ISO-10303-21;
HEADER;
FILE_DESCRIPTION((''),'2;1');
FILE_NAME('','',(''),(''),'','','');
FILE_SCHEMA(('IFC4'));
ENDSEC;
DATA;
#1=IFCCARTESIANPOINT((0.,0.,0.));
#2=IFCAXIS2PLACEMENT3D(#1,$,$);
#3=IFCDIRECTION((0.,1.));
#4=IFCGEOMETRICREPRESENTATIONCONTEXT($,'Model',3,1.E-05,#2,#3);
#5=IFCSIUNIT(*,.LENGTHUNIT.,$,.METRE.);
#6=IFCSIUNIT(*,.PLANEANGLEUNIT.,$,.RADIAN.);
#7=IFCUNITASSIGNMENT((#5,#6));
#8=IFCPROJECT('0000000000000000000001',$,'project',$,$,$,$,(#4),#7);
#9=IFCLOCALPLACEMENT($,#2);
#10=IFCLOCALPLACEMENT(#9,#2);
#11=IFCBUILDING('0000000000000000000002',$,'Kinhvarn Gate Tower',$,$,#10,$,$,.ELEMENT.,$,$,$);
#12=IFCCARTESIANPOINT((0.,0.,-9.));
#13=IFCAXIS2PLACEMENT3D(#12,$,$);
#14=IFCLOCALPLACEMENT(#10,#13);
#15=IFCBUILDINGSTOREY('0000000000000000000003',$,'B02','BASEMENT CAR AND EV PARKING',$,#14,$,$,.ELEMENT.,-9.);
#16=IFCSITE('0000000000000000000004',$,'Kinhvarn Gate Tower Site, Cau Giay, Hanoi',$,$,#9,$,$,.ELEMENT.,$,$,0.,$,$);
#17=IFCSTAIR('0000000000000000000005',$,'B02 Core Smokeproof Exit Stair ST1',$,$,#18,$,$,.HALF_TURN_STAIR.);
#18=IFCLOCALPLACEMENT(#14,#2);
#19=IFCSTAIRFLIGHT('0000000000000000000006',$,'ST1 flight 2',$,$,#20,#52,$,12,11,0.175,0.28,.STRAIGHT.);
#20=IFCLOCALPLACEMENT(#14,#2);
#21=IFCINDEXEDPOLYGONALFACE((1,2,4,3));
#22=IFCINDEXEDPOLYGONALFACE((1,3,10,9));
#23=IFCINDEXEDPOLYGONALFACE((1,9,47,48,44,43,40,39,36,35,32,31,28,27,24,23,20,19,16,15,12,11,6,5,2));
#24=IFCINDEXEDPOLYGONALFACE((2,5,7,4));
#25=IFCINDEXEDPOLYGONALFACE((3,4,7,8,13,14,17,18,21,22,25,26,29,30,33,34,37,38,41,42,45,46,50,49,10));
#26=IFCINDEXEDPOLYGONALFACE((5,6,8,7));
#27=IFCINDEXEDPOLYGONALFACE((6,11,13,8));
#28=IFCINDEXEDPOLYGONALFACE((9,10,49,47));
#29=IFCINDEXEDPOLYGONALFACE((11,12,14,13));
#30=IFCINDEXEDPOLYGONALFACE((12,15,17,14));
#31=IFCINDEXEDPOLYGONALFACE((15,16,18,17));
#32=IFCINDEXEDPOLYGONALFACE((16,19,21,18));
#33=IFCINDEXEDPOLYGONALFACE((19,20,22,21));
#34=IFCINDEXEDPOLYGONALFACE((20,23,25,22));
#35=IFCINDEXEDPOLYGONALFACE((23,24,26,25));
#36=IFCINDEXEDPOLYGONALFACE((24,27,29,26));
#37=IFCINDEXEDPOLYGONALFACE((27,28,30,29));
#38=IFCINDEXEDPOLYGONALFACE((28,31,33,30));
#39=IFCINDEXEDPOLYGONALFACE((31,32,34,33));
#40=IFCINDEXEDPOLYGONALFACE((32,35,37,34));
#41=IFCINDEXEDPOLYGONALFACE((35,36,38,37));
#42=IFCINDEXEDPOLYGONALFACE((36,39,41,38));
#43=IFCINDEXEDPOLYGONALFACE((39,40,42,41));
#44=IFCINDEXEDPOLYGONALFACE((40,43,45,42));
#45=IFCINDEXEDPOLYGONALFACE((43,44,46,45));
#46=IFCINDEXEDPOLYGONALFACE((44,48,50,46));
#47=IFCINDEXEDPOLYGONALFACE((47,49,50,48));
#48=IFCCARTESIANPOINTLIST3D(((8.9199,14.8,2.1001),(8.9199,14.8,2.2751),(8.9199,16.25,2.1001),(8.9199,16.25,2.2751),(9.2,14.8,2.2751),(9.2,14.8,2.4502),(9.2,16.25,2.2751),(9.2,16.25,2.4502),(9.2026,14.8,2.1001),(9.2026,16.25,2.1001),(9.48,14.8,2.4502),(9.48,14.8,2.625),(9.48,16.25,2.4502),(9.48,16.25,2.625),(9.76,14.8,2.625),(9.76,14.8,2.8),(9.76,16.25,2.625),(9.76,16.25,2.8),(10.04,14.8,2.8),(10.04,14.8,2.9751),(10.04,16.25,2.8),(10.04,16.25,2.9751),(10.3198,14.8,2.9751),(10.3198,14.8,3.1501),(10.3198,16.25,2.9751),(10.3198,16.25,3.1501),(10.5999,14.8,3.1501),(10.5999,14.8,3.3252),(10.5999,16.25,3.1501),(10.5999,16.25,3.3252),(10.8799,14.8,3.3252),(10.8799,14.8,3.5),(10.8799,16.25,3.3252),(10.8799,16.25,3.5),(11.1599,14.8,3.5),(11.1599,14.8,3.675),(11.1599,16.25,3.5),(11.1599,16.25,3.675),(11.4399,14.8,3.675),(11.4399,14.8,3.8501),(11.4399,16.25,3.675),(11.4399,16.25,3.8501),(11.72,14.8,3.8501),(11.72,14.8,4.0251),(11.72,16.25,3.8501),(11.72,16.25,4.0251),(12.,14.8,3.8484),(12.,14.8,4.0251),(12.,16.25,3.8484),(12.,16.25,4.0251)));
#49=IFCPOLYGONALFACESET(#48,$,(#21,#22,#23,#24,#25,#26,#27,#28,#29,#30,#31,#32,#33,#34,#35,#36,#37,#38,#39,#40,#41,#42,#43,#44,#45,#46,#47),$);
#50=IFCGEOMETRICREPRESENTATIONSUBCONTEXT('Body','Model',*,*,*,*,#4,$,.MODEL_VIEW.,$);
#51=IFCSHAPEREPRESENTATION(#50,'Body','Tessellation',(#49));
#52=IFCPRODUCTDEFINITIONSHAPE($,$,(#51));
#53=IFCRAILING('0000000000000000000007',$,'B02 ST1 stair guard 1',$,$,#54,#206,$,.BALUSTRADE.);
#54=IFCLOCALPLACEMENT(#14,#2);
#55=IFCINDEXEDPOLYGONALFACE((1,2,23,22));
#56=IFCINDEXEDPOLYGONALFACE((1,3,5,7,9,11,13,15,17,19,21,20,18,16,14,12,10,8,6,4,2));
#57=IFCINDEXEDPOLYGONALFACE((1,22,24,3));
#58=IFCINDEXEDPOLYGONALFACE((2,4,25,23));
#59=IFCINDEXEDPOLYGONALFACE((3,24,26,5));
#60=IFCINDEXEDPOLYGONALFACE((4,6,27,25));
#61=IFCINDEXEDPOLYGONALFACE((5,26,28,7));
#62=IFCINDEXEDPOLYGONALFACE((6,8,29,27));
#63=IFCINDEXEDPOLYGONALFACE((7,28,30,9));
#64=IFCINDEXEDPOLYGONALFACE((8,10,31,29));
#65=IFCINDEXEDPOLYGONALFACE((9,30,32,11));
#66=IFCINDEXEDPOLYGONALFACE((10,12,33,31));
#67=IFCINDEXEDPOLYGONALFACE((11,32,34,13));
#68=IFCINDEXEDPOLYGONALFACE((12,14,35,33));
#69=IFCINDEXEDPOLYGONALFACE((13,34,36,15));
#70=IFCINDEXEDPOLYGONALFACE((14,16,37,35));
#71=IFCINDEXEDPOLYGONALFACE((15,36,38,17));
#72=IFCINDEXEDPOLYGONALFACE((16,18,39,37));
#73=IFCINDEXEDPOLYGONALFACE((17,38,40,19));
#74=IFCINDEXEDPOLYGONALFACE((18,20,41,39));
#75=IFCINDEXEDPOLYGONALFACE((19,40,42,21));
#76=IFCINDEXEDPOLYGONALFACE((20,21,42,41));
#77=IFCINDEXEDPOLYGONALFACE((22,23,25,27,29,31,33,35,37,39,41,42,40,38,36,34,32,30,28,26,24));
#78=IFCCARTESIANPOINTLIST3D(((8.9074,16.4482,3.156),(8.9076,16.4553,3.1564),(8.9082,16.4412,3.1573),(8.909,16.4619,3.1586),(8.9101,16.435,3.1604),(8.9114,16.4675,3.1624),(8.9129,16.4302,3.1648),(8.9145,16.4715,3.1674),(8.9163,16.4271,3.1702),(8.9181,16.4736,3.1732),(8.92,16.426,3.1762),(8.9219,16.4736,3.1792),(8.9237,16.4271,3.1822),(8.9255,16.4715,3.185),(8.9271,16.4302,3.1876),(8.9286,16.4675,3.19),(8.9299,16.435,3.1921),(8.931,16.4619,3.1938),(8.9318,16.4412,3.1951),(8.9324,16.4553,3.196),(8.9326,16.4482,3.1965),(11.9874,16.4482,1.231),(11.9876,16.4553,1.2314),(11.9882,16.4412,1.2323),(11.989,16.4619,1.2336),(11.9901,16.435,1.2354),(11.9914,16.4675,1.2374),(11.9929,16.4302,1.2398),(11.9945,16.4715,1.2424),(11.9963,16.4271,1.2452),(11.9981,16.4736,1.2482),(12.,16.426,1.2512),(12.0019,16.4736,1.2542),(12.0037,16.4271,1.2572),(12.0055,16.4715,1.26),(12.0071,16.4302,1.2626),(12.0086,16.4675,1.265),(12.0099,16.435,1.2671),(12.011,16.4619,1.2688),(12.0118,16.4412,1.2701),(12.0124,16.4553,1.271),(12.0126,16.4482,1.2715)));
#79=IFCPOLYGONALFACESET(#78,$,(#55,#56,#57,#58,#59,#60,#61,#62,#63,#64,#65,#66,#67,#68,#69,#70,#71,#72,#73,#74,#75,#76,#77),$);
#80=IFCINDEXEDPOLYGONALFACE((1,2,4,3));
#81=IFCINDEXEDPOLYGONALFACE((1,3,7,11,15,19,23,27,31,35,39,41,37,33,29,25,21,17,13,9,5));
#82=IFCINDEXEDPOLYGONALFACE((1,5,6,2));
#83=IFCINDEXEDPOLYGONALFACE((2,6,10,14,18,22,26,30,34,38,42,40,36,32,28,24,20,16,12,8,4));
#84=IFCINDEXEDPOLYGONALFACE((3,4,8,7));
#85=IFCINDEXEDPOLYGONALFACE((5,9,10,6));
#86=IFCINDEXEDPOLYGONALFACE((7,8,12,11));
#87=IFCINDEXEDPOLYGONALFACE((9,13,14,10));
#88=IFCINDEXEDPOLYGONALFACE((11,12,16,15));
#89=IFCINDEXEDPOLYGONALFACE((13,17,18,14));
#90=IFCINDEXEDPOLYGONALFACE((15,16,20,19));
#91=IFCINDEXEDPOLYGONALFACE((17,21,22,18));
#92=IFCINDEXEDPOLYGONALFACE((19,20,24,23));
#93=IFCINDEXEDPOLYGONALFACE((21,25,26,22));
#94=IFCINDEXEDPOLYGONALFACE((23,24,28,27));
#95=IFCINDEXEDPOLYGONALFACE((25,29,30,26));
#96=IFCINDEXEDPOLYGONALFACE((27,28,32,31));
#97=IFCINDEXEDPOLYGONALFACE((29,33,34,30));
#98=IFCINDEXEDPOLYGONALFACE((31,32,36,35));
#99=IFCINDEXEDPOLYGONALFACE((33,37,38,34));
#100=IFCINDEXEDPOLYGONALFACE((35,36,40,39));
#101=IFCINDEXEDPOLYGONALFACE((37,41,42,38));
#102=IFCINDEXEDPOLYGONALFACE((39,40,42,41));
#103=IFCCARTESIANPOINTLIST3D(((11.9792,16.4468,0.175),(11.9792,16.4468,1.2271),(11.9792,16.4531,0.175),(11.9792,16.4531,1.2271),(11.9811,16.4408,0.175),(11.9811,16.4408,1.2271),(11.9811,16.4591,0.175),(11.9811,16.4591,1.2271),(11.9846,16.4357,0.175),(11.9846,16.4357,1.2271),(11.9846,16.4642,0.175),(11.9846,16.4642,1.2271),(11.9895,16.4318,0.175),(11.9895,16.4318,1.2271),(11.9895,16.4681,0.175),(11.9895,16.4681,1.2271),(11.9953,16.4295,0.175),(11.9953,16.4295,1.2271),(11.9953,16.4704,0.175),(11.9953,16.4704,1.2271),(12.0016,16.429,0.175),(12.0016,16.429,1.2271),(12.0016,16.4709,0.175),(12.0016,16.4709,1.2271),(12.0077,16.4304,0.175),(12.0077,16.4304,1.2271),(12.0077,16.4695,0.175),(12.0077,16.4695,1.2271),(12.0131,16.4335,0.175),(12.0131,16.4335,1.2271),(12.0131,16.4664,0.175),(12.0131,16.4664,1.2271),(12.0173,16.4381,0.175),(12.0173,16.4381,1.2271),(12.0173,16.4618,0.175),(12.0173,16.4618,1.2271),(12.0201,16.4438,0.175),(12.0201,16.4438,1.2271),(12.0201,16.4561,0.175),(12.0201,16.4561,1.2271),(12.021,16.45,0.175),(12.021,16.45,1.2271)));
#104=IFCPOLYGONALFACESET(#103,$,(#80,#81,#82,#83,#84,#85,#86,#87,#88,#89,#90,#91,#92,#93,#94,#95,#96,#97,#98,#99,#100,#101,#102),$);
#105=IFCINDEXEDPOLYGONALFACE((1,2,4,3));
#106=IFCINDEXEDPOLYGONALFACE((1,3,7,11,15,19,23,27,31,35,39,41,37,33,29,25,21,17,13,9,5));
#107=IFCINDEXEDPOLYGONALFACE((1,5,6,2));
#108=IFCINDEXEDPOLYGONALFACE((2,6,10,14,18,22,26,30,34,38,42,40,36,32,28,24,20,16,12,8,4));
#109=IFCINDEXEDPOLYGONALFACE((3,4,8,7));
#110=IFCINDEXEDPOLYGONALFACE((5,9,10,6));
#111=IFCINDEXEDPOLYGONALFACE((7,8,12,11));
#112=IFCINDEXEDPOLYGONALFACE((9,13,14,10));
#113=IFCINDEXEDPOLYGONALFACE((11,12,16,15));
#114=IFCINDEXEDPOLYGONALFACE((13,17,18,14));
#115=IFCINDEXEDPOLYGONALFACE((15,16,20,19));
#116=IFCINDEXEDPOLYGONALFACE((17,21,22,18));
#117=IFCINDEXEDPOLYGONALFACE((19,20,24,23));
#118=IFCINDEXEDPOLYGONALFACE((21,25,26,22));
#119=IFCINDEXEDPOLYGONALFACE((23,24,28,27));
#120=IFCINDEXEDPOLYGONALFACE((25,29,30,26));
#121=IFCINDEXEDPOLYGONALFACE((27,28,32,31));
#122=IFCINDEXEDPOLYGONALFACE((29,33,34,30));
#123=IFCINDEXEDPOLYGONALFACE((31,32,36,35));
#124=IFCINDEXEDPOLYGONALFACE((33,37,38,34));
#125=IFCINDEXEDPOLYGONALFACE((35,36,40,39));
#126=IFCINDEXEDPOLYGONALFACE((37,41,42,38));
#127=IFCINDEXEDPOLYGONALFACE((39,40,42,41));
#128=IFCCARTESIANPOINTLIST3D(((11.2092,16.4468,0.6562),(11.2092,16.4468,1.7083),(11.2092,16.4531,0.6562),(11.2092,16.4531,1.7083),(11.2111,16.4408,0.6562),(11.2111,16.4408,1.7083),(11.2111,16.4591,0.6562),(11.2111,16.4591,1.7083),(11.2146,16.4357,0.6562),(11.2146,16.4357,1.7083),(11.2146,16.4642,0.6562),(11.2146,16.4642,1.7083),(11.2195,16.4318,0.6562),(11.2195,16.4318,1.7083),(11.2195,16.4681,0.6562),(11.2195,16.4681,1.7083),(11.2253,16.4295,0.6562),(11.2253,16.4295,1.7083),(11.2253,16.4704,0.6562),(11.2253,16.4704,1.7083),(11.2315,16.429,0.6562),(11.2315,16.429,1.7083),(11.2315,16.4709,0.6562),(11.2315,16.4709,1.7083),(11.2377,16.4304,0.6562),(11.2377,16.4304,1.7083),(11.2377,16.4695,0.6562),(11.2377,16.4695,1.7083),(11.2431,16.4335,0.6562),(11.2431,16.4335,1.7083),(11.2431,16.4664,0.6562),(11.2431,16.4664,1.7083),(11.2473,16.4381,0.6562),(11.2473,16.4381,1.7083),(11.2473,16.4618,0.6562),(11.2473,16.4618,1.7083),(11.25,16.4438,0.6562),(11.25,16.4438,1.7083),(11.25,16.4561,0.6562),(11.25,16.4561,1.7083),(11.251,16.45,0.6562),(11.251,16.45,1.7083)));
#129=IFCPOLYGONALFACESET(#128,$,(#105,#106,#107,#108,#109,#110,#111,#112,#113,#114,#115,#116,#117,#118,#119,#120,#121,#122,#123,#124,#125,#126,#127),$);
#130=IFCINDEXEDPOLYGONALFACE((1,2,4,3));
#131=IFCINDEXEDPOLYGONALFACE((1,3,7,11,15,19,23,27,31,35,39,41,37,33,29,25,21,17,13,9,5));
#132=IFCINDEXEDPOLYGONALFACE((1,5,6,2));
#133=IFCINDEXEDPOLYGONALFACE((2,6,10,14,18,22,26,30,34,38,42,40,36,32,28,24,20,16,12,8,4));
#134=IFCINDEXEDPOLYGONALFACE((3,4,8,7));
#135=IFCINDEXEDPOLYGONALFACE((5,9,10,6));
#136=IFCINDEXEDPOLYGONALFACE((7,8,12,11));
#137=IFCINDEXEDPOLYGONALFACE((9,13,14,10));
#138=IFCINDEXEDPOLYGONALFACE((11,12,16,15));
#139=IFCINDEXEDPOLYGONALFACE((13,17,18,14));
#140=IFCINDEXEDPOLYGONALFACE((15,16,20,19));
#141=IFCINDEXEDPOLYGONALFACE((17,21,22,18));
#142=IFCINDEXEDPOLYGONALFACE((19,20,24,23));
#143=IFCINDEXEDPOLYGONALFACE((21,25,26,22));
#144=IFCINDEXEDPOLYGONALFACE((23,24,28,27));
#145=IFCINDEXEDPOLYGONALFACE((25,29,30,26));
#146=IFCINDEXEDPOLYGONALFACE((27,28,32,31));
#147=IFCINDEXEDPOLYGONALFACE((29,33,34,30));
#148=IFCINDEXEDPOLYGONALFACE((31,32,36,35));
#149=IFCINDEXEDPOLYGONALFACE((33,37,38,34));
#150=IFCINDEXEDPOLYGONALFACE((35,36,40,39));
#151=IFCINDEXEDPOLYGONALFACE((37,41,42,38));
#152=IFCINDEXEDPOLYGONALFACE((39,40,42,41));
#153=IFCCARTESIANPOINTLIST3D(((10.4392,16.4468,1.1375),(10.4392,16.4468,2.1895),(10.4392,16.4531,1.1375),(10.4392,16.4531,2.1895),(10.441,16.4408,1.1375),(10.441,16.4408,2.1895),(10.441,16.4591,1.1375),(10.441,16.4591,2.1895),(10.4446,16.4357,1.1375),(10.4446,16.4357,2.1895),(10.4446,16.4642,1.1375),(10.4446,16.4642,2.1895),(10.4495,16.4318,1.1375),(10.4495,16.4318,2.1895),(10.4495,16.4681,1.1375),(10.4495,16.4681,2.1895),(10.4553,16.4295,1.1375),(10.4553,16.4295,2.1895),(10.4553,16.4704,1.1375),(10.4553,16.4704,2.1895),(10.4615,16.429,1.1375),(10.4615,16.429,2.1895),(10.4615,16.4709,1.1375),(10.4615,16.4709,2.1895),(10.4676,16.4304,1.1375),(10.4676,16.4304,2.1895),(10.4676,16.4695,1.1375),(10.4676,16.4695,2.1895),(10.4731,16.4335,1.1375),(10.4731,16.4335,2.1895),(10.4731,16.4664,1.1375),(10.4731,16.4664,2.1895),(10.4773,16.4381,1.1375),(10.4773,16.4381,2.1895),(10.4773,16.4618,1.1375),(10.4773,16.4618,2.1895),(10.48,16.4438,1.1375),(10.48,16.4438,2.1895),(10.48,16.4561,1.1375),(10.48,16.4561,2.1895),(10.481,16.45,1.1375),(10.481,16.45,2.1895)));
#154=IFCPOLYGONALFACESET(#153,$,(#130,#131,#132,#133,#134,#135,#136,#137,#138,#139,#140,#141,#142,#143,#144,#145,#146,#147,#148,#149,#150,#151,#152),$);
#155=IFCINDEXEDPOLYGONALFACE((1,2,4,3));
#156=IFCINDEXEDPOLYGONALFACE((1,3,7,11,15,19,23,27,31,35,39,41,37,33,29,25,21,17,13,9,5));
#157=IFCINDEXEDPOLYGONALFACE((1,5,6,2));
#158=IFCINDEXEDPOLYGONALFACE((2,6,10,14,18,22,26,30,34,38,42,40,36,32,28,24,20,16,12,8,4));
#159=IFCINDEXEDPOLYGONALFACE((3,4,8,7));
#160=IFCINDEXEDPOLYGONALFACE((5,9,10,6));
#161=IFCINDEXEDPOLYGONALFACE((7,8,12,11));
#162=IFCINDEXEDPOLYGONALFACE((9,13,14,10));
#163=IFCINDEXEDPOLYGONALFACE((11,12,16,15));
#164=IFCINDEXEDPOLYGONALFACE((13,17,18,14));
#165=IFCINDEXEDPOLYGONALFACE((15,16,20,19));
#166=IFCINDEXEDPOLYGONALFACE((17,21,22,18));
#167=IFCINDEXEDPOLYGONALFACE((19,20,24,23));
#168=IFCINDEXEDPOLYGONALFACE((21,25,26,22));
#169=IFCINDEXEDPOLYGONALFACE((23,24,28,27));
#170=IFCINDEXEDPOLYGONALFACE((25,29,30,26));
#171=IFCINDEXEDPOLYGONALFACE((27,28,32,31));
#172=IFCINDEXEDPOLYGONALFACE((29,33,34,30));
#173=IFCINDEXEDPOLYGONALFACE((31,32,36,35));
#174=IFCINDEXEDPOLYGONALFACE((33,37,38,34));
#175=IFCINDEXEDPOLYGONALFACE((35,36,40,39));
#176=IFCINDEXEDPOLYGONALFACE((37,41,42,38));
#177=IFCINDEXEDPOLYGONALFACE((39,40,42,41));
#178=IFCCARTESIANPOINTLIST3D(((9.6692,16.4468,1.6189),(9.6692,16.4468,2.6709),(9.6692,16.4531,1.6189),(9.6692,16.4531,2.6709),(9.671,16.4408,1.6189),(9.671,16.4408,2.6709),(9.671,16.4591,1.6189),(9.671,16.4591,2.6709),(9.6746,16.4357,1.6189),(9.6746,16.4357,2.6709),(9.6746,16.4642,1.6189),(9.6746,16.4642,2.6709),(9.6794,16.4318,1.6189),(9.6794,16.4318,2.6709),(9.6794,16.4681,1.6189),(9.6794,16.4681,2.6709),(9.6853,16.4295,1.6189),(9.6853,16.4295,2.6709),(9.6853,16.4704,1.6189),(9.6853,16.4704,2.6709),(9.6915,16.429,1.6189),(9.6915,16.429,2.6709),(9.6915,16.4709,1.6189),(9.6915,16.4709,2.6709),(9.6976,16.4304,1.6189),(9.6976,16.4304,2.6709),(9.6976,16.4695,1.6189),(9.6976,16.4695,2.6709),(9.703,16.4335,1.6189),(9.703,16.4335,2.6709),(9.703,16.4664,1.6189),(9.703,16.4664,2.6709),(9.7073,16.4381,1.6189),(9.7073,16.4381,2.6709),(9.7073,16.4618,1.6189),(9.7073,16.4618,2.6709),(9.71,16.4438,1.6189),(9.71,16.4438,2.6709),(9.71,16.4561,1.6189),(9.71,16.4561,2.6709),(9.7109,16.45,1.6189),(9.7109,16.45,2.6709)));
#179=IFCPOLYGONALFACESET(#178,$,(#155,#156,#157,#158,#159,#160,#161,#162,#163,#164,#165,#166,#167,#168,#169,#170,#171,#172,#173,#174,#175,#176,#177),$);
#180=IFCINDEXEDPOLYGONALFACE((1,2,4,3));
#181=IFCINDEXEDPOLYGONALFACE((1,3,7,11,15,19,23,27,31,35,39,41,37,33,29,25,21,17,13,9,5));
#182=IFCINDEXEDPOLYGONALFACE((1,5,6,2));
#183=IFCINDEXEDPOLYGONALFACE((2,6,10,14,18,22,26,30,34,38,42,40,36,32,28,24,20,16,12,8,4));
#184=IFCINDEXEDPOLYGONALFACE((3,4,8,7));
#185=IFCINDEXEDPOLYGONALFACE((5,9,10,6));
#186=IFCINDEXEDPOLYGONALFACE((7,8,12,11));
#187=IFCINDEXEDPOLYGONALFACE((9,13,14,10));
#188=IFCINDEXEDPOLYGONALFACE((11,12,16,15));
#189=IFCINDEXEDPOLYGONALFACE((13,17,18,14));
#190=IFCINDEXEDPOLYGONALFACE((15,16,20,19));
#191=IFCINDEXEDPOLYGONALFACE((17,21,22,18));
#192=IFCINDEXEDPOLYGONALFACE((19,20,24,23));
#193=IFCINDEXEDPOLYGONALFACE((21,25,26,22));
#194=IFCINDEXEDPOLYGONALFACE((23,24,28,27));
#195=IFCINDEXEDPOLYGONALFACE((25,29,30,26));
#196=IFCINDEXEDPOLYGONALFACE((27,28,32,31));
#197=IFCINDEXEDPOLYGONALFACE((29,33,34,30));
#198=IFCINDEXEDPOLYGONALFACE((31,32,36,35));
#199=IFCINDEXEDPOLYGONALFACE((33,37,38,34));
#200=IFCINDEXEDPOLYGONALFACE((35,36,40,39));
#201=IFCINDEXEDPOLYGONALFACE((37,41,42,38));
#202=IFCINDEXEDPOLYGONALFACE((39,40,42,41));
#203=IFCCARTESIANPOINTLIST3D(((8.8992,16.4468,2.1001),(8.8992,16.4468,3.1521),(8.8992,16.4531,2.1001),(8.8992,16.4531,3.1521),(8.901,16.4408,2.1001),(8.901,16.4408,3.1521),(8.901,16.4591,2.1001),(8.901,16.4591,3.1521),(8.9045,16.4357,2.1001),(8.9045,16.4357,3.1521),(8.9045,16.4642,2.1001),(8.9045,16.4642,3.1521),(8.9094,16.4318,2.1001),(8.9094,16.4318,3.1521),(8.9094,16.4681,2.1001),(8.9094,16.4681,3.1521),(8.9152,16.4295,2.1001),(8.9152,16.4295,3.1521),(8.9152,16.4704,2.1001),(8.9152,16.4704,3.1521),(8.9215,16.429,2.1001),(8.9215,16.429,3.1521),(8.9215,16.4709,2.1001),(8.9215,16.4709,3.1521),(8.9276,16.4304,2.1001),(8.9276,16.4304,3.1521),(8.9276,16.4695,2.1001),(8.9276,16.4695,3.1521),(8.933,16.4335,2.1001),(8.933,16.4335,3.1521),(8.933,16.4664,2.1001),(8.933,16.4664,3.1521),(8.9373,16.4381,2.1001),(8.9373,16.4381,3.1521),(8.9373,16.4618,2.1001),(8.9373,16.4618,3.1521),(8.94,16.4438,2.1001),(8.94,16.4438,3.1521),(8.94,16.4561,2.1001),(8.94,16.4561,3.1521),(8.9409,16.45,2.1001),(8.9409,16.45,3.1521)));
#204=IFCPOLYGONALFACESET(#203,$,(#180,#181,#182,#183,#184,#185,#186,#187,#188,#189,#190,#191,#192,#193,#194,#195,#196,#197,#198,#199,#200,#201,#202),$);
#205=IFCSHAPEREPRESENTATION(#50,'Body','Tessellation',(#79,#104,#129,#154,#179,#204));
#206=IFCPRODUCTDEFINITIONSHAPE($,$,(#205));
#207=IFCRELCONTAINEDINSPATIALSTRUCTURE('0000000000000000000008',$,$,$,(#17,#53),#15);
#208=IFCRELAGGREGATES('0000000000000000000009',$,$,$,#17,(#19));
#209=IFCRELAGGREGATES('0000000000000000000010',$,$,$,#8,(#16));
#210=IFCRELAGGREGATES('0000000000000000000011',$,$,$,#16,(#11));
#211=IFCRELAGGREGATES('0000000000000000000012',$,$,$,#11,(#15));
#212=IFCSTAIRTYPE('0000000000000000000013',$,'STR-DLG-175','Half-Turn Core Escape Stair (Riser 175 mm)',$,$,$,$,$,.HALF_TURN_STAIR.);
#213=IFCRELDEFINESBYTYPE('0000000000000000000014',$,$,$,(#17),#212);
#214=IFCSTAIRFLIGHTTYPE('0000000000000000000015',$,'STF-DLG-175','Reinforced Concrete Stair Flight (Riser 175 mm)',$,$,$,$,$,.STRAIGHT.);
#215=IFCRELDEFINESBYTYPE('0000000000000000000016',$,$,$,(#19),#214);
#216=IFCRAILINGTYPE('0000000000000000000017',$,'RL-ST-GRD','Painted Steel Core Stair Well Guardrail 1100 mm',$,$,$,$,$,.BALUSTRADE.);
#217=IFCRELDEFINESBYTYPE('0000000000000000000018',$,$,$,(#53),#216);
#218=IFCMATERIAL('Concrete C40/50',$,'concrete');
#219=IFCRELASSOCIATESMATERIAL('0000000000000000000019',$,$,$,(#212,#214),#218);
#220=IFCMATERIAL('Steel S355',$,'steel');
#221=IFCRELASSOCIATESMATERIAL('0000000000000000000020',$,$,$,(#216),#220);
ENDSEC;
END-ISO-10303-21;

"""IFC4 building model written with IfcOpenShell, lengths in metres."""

from ifc_helpers import new_model, si_unit, direction, frame, origin, origin_2d, place, context, subcontext, project, spatial, polyline, circle, outline, extrude, material, type_object, element, aggregate, save


model = new_model("IFC4")

# Units and contexts
model_context = context("Model", 3, precision=1e-05, world=origin(), true_north=direction((0.0, 1.0)))
body_context = subcontext(model_context, "Body", "Model", "MODEL_VIEW")
ifc_project = project(units=[si_unit("LENGTHUNIT", "METRE"), si_unit("PLANEANGLEUNIT", "RADIAN")], contexts=[model_context])

# Site, building, storey
site_placement = place(None, origin())
site = spatial("IfcSite", under=ifc_project, at=site_placement, Name="Kinhvarn Gate Tower Site, Cau Giay, Hanoi", CompositionType="ELEMENT", RefElevation=0.0)
building_placement = place(site_placement, origin())
building = spatial("IfcBuilding", under=site, at=building_placement, Name="Kinhvarn Gate Tower", CompositionType="ELEMENT")
storey_placement = place(building_placement, frame((0.0, 0.0, -9.0)))
storey = spatial("IfcBuildingStorey", under=building, at=storey_placement, Name="B02", Description="BASEMENT CAR AND EV PARKING", CompositionType="ELEMENT", Elevation=-9.0)

# Shared definitions
ifc_material_1 = material(Name="Steel S355", Category="steel")

# Shared definitions
ifc_material_2 = material(Name="Concrete C40/50", Category="concrete")

# Stair, stair flight
stair_type = type_object("IfcStairType", Name="STR-DLG-175", Description="Half-Turn Core Escape Stair (Riser 175 mm)", PredefinedType="HALF_TURN_STAIR", material=ifc_material_2)
stair_placement = place(storey_placement, origin())
stair = element("IfcStair", 1, at=stair_placement, inside=storey, type_object=stair_type, Name="B02 Core Smokeproof Exit Stair ST1", PredefinedType="HALF_TURN_STAIR")
stair_flight_type = type_object("IfcStairFlightType", Name="STF-DLG-175", Description="Reinforced Concrete Stair Flight (Riser 175 mm)", PredefinedType="STRAIGHT", material=ifc_material_2)
stair_flight_1_placement = place(storey_placement, frame((8.9199, 15.5249, 2.1001), z_axis=(0.0, 0.0, 1.0), x_axis=(1.0, 0.0, 0.0)))
stair_flight_1 = element("IfcStairFlight", 2, at=stair_flight_1_placement, type_object=stair_flight_type, Name="ST1 flight 2", NumberOfRisers=12, NumberOfTreads=11, PredefinedType="STRAIGHT", RiserHeight=0.175, TreadLength=0.28, context=body_context, shape_type="SweptSolid", body=[
    extrude(outline(polyline([(0.0, 0.0), (0.0, 0.175), (0.28, 0.175), (0.28, 0.3501), (0.5601, 0.3501), (0.5601, 0.5249), (0.8401, 0.5249), (0.8401, 0.7), (1.1201, 0.7), (1.1201, 0.875), (1.3999, 0.875), (1.3999, 1.05), (1.6799, 1.05), (1.6799, 1.2251), (1.96, 1.2251), (1.96, 1.3999), (2.24, 1.3999), (2.24, 1.575), (2.52, 1.575), (2.52, 1.75), (2.8, 1.75), (2.8, 1.925), (3.0801, 1.925), (3.0801, 2.1001), (3.0801, 1.7483), (0.2827, 0.0), (0.0, 0.0)])), frame((0.0, 0.7251, 0.0), z_axis=(0.0, -1.0, 0.0), x_axis=(1.0, 0.0, 0.0)), (0.0, 0.0, 1.0), 1.45),
])
aggregate(stair, [stair_flight_1])

# Railing
railing_type_1 = type_object("IfcRailingType", Name="RL-ST-GRD", Description="Painted Steel Core Stair Well Guardrail 1100 mm", PredefinedType="BALUSTRADE", material=ifc_material_1)
railing_1_placement = place(storey_placement, frame((12.0, 16.45, 0.175)))
element("IfcRailing", 3, at=railing_1_placement, inside=storey, type_object=railing_type_1, Name="B02 ST1 stair guard 1", PredefinedType="BALUSTRADE", context=body_context, shape_type="SweptSolid", body=[
    extrude(circle(Radius=0.0239, at=origin_2d()), frame((0.0, 0.0, 1.0762), z_axis=(-0.847998, 0.0, 0.529999), x_axis=(0.0, -1.0, 0.0)), (0.0, 0.0, 1.0), 3.6321),
    extrude(circle(Radius=0.021, at=origin_2d()), origin(), (0.0, 0.0, 1.0), 1.052),
    extrude(circle(Radius=0.021, at=origin_2d()), frame((-0.77, 0.0, 0.4812)), (0.0, 0.0, 1.0), 1.052),
    extrude(circle(Radius=0.021, at=origin_2d()), frame((-1.54, 0.0, 0.9624)), (0.0, 0.0, 1.0), 1.052),
    extrude(circle(Radius=0.021, at=origin_2d()), frame((-2.3101, 0.0, 1.4438)), (0.0, 0.0, 1.0), 1.052),
    extrude(circle(Radius=0.021, at=origin_2d()), frame((-3.0801, 0.0, 1.925)), (0.0, 0.0, 1.0), 1.052),
])

save(model, "model.ifc")
